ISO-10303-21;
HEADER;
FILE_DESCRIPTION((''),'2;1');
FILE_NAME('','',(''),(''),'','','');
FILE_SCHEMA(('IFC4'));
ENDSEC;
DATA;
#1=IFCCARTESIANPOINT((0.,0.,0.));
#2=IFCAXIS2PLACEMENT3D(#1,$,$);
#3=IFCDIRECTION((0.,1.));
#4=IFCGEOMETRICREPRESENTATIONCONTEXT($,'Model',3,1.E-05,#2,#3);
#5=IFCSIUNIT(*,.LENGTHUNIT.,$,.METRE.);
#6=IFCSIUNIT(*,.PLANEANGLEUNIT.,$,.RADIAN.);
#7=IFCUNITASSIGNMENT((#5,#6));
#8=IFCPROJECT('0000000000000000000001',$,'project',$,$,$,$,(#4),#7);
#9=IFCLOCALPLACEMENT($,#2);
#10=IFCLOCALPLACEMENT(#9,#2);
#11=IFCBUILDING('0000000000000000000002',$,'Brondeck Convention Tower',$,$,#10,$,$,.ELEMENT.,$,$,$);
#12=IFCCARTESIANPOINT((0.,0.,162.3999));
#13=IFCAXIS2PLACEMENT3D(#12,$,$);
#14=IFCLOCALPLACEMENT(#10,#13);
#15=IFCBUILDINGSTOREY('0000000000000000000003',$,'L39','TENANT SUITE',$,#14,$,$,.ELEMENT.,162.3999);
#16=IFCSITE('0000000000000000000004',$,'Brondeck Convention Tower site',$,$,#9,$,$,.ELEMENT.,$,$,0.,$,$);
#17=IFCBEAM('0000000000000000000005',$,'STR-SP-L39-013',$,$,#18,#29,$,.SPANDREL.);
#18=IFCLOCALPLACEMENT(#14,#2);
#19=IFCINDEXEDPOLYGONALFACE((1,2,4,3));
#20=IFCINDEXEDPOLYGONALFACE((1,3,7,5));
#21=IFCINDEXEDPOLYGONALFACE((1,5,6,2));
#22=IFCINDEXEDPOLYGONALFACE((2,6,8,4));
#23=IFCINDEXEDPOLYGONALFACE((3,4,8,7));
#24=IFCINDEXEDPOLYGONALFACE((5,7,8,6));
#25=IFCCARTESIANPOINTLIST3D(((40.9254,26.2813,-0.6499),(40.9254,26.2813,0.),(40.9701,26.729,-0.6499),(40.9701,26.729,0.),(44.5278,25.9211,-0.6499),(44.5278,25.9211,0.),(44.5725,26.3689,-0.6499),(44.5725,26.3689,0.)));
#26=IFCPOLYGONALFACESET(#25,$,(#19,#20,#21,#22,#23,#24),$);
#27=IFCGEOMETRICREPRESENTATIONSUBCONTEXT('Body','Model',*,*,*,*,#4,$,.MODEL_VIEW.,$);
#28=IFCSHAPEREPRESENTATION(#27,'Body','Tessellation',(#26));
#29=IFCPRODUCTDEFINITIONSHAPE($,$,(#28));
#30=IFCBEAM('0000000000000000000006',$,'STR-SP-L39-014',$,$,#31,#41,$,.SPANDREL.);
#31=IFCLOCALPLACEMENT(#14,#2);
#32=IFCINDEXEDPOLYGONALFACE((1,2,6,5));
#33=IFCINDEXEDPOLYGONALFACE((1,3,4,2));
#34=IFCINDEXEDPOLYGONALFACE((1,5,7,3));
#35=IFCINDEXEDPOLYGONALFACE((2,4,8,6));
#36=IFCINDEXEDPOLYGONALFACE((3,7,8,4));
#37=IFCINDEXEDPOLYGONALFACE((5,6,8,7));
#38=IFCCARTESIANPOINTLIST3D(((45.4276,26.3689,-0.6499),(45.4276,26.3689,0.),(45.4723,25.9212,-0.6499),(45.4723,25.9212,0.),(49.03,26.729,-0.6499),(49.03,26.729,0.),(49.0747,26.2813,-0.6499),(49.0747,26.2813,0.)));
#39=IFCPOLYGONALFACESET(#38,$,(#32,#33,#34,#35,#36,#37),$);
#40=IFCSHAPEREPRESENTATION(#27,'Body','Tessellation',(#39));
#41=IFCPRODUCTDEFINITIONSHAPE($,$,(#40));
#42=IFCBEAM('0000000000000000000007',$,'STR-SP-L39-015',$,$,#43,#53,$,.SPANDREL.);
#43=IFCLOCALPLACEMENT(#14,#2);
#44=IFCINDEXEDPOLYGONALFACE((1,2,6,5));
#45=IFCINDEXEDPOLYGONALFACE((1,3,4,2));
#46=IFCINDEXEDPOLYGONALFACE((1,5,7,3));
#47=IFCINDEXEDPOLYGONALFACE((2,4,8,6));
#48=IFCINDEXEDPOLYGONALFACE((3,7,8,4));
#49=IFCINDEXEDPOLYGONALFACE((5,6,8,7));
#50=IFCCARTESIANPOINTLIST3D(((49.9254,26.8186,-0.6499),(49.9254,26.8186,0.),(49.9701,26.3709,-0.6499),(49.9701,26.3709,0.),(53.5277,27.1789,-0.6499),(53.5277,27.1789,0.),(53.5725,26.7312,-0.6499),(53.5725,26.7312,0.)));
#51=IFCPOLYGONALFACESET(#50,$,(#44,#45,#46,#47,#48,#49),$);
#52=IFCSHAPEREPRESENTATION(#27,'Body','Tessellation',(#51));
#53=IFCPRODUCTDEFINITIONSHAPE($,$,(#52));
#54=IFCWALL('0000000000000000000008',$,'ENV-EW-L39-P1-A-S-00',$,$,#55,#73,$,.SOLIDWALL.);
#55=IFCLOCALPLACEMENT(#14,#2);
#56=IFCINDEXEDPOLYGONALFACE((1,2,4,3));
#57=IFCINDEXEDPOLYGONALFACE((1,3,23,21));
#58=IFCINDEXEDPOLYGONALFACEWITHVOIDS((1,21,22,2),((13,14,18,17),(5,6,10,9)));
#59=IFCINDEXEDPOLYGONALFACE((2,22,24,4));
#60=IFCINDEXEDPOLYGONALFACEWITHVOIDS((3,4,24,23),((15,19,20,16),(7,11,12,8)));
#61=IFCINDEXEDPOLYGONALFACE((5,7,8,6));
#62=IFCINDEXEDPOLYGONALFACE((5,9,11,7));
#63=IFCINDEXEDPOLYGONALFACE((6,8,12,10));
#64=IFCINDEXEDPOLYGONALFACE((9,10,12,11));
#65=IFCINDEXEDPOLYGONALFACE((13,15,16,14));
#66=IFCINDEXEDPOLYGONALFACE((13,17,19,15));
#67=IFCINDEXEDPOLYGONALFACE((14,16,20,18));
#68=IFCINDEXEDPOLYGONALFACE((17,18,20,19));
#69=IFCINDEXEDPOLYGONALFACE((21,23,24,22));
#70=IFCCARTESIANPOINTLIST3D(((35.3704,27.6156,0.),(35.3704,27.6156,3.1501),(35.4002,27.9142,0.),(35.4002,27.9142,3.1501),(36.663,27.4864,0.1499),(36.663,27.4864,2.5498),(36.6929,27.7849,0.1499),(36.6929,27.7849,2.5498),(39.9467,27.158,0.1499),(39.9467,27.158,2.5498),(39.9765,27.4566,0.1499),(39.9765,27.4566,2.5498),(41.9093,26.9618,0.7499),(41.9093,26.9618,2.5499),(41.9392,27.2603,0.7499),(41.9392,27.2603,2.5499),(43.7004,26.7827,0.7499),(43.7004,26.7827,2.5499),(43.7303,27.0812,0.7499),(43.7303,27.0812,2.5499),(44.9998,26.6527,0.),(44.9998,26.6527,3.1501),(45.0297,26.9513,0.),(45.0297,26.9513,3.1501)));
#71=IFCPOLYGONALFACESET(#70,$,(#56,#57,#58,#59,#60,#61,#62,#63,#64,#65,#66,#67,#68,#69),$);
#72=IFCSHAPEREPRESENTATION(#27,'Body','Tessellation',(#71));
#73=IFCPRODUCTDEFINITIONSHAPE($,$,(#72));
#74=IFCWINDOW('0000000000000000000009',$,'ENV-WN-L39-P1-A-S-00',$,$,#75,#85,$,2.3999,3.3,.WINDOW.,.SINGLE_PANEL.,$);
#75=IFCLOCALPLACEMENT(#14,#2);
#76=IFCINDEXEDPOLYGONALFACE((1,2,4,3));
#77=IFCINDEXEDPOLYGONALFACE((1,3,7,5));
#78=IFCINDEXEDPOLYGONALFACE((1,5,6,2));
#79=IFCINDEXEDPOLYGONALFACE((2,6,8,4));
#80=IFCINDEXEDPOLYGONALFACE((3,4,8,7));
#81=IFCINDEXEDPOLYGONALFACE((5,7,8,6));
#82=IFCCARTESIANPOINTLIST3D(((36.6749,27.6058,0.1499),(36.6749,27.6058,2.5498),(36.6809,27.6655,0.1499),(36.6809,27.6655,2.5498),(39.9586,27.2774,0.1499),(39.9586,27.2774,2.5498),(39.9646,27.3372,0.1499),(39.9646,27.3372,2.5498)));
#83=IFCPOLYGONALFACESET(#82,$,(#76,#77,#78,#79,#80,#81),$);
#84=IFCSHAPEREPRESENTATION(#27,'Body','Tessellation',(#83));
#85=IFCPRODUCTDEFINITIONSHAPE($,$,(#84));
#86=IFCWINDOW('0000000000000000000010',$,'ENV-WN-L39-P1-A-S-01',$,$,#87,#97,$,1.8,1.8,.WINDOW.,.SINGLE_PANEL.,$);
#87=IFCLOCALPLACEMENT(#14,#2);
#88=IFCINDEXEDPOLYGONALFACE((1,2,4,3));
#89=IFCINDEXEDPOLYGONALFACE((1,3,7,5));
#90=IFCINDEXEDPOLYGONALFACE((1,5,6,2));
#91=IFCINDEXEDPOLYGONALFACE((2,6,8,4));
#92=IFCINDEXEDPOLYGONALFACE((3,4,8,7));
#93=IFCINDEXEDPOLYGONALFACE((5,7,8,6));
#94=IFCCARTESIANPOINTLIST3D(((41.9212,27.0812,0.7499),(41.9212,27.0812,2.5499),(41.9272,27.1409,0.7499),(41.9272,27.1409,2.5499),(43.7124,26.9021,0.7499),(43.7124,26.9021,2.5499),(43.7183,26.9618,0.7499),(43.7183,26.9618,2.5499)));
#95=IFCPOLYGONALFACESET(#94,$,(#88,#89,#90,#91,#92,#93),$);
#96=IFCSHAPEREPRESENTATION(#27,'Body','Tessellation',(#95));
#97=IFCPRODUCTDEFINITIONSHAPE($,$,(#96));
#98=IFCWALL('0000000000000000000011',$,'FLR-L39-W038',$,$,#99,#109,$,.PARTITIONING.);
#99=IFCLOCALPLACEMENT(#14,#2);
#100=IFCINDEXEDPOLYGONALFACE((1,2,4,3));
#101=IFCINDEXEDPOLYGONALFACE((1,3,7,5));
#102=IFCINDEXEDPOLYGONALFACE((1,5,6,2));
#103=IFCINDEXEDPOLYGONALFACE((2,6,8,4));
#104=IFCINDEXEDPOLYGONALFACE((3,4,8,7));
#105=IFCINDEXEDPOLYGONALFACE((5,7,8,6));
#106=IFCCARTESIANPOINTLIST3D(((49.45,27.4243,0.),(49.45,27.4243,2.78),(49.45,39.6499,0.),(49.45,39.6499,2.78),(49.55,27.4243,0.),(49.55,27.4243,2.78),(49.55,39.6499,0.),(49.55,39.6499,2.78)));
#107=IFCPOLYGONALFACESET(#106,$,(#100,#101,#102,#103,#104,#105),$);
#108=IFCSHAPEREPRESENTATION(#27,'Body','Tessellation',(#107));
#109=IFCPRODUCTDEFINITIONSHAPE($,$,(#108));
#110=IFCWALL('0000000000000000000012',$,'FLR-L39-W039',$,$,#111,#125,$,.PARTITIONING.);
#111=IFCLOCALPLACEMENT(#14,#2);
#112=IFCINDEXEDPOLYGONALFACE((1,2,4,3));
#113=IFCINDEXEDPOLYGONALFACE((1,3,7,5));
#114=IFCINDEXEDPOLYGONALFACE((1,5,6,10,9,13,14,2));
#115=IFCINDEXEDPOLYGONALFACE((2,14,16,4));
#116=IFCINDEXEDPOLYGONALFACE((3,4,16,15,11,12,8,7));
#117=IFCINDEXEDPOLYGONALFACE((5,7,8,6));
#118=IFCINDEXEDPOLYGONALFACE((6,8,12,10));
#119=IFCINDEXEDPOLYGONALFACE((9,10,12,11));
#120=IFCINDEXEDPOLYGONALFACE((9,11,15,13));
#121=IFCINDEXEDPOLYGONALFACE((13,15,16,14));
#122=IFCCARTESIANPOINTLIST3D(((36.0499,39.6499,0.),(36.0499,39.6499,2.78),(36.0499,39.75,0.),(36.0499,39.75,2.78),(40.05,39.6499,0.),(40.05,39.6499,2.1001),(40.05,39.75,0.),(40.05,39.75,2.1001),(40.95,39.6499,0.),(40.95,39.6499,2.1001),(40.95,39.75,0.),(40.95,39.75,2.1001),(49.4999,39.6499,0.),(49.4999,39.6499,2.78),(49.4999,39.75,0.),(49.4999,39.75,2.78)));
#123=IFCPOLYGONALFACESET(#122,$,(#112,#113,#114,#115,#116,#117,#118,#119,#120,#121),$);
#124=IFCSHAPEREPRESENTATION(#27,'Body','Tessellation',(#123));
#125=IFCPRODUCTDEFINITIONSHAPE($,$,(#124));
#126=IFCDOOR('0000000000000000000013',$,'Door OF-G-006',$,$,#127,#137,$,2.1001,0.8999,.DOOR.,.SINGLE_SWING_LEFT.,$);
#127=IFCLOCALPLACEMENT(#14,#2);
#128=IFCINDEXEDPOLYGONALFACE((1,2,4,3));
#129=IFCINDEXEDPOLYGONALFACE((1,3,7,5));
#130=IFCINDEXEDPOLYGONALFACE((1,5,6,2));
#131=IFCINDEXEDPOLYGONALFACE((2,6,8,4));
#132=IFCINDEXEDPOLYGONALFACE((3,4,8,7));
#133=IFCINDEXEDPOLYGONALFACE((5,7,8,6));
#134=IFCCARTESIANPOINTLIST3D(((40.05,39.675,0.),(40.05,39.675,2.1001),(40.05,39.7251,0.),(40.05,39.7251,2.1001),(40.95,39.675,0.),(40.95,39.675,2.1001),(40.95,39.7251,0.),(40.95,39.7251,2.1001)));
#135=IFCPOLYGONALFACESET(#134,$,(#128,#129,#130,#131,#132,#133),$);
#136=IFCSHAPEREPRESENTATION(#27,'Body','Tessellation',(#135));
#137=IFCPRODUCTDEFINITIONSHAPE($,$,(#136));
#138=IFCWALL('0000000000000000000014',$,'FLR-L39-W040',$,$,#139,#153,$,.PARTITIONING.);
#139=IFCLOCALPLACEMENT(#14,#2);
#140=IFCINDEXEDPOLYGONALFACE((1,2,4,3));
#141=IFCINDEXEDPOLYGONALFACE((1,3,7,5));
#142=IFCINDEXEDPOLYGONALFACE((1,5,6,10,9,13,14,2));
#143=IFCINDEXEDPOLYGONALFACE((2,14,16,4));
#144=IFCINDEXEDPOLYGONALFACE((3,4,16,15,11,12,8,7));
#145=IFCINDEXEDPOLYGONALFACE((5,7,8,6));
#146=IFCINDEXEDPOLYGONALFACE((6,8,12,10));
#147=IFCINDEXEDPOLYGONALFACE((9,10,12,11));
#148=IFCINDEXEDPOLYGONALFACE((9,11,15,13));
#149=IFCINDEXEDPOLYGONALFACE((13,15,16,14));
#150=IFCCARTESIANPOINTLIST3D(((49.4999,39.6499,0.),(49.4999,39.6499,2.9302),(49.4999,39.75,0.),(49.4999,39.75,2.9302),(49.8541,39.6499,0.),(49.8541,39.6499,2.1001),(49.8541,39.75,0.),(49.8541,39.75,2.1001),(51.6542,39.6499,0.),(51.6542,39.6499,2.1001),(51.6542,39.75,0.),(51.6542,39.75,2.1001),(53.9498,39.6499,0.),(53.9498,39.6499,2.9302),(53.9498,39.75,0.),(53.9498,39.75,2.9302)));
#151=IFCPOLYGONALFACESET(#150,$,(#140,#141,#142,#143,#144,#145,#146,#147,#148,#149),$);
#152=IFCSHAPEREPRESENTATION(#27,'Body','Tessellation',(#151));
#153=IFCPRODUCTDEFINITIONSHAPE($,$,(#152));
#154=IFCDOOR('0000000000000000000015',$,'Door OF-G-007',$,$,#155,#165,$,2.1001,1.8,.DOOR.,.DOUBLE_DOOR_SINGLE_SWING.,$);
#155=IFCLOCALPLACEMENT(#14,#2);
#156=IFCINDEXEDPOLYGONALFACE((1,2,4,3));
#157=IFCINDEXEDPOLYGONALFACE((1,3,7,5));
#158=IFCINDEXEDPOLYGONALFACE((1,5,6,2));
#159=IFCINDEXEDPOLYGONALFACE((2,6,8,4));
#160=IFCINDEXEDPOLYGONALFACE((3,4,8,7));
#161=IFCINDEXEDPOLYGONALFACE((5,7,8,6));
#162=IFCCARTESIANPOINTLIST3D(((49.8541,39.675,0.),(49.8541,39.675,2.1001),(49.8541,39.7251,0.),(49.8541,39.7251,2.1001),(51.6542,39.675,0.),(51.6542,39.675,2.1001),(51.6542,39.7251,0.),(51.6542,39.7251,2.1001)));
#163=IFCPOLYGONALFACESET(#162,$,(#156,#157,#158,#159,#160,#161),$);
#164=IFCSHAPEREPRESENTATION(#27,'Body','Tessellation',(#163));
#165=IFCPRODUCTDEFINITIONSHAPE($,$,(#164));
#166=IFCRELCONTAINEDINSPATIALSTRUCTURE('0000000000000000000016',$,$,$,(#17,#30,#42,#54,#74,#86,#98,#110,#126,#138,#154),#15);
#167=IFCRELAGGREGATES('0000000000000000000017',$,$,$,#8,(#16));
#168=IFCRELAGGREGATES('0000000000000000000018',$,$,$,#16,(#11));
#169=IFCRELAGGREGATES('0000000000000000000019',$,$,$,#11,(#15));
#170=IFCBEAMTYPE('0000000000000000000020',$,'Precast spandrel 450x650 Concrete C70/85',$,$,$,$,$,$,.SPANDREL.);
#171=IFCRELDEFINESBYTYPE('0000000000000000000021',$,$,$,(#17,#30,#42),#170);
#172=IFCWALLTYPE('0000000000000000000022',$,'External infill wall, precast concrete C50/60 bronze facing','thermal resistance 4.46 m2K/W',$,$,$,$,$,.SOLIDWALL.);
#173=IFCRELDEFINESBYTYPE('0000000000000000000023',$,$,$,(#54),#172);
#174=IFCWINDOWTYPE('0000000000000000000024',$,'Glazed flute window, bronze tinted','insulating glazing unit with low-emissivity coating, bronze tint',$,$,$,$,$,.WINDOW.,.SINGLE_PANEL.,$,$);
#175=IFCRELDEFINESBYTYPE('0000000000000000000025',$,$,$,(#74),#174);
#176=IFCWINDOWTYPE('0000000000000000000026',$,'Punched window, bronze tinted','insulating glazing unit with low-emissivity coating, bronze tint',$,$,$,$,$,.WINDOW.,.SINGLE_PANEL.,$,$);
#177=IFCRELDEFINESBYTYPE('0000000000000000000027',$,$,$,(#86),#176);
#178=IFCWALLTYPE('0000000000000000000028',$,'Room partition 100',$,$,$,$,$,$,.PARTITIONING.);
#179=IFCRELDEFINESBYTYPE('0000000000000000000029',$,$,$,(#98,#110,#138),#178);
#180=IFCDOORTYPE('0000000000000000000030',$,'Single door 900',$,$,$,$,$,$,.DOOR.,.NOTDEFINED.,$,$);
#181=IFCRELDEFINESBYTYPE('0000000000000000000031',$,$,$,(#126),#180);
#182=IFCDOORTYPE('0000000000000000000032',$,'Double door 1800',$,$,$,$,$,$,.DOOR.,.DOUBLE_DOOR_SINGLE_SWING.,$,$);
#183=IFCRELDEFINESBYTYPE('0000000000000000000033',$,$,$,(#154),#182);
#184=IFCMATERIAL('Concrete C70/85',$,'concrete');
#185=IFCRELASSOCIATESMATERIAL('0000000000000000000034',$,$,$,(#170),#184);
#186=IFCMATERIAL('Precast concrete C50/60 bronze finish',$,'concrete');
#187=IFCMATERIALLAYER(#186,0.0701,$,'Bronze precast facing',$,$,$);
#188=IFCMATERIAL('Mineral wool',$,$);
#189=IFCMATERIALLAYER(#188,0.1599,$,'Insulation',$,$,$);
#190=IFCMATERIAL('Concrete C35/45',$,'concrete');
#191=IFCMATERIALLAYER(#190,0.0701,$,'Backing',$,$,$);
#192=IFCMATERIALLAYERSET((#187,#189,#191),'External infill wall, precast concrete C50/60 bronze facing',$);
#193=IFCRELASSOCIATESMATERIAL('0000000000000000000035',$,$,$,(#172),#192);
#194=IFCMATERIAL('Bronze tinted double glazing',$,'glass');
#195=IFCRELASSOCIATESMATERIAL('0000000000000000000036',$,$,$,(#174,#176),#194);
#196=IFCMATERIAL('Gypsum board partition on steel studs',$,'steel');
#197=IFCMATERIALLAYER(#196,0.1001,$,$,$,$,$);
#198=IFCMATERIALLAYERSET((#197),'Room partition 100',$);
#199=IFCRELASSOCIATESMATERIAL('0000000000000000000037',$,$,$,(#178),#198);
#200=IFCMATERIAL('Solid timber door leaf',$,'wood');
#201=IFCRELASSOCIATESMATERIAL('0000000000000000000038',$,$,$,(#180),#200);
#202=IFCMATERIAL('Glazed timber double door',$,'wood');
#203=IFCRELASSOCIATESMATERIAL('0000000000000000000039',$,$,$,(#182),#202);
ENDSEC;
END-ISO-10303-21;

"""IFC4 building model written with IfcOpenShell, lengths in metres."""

from ifc_helpers import new_model, si_unit, direction, frame, frame_2d, origin, origin_2d, place, context, subcontext, project, spatial, rectangle, extrude, material, layer, layer_set, material_profile, profile_set, type_object, element, fill, save


model = new_model("IFC4")

# Units and contexts
model_context = context("Model", 3, precision=1e-05, world=origin(), true_north=direction((0.0, 1.0)))
body_context = subcontext(model_context, "Body", "Model", "MODEL_VIEW")
ifc_project = project(units=[si_unit("LENGTHUNIT", "METRE"), si_unit("PLANEANGLEUNIT", "RADIAN")], contexts=[model_context])

# Site, building, storey
site_placement = place(None, origin())
site = spatial("IfcSite", under=ifc_project, at=site_placement, Name="Brondeck Convention Tower site", CompositionType="ELEMENT", RefElevation=0.0)
building_placement = place(site_placement, origin())
building = spatial("IfcBuilding", under=site, at=building_placement, Name="Brondeck Convention Tower", CompositionType="ELEMENT")
storey_placement = place(building_placement, frame((0.0, 0.0, 162.3999)))
storey = spatial("IfcBuildingStorey", under=building, at=storey_placement, Name="L39", Description="TENANT SUITE", CompositionType="ELEMENT", Elevation=162.3999)

# Shared definitions
ifc_material_1 = material(Name="Concrete C70/85", Category="concrete")

# Beams
ifc_material_profile_1 = material_profile(ifc_material_1, rectangle(XDim=0.45, YDim=0.6499, at=origin_2d()), Name="Precast spandrel 450x650 Concrete C70/85")
ifc_profile_set_1 = profile_set([ifc_material_profile_1], Name="Concrete C70/85")
beam_type_1 = type_object("IfcBeamType", Name="Precast spandrel 450x650 Concrete C70/85", PredefinedType="SPANDREL", material=ifc_profile_set_1)
for number, where, z_axis, x_axis, name in (
    (1, (40.9478, 26.5051, -0.325), (0.995041, -0.09947, 0.0), (0.09947, 0.995041, 0.0), "STR-SP-L39-013"),
    (2, (45.45, 26.145, -0.325), (0.995041, 0.09947, 0.0), (-0.09947, 0.995041, 0.0), "STR-SP-L39-014"),
    (3, (49.9478, 26.5947, -0.325), (0.995034, 0.099537, 0.0), (-0.099537, 0.995034, 0.0), "STR-SP-L39-015"),
):
    element("IfcBeam", number, at=place(storey_placement, frame(where, z_axis=z_axis, x_axis=x_axis)), inside=storey, type_object=beam_type_1, Name=name, PredefinedType="SPANDREL", context=body_context, shape_type="SweptSolid", body=[
        extrude(rectangle(XDim=0.45, YDim=0.6499, at=origin_2d()), origin(), (0.0, 0.0, 1.0), 3.6204),
    ])

# Wall, openings, windows
ifc_material_2 = material(Name="Precast concrete C50/60 bronze finish", Category="concrete")
ifc_layer_1 = layer(ifc_material_2, 0.0701, Name="Bronze precast facing")
ifc_material_3 = material(Name="Mineral wool")
ifc_layer_2 = layer(ifc_material_3, 0.1599, Name="Insulation")
ifc_material_4 = material(Name="Concrete C35/45", Category="concrete")
ifc_layer_3 = layer(ifc_material_4, 0.0701, Name="Backing")
ifc_layer_set_1 = layer_set([ifc_layer_1, ifc_layer_2, ifc_layer_3], Name="External infill wall, precast concrete C50/60 bronze facing")
wall_type_1 = type_object("IfcWallType", Name="External infill wall, precast concrete C50/60 bronze facing", Description="thermal resistance 4.46 m2K/W", PredefinedType="SOLIDWALL", material=ifc_layer_set_1)
wall_1_placement = place(storey_placement, frame((45.0149, 26.802, 0.0), z_axis=(0.0, 0.0, 1.0), x_axis=(-0.995038, 0.099499, 0.0)))
wall_1 = element("IfcWall", 4, at=wall_1_placement, inside=storey, type_object=wall_type_1, Name="ENV-EW-L39-P1-A-S-00", PredefinedType="SOLIDWALL", context=body_context, shape_type="SweptSolid", body=[
    extrude(rectangle(XDim=9.6775, YDim=0.3, at=frame_2d((4.8389, 0.0))), origin(), (0.0, 0.0, 1.0), 3.1501),
])
opening_1_placement = place(wall_1_placement, frame((1.3062, 0.0, 0.75)))
opening_1 = element("IfcOpeningElement", 5, at=opening_1_placement, cuts=wall_1, PredefinedType="OPENING", context=body_context, shape_type="SweptSolid", body=[
    extrude(rectangle(XDim=1.8, YDim=1.8, at=frame_2d((0.8999, 0.8999))), frame((0.0, 0.1599, 0.0), z_axis=(0.0, -1.0, 0.0), x_axis=(1.0, 0.0, 0.0)), (0.0, 0.0, 1.0), 0.3201),
])
opening_2_placement = place(wall_1_placement, frame((5.0786, 0.0, 0.1499)))
opening_2 = element("IfcOpeningElement", 6, at=opening_2_placement, cuts=wall_1, PredefinedType="OPENING", context=body_context, shape_type="SweptSolid", body=[
    extrude(rectangle(XDim=3.3, YDim=2.3999, at=frame_2d((1.6499, 1.2))), frame((0.0, 0.1599, 0.0), z_axis=(0.0, -1.0, 0.0), x_axis=(1.0, 0.0, 0.0)), (0.0, 0.0, 1.0), 0.3201),
])
ifc_material_5 = material(Name="Bronze tinted double glazing", Category="glass")
window_type_1 = type_object("IfcWindowType", Name="Glazed flute window, bronze tinted", Description="insulating glazing unit with low-emissivity coating, bronze tint", PartitioningType="SINGLE_PANEL", PredefinedType="WINDOW", material=ifc_material_5)
window_1_placement = place(opening_2_placement, origin())
window_1 = element("IfcWindow", 7, at=window_1_placement, inside=storey, type_object=window_type_1, Name="ENV-WN-L39-P1-A-S-00", OverallHeight=2.3999, OverallWidth=3.3, PartitioningType="SINGLE_PANEL", PredefinedType="WINDOW", context=body_context, shape_type="SweptSolid", body=[
    extrude(rectangle(XDim=3.3, YDim=2.3999, at=frame_2d((1.6499, 1.2))), frame((0.0, 0.03, 0.0), z_axis=(0.0, -1.0, 0.0), x_axis=(1.0, 0.0, 0.0)), (0.0, 0.0, 1.0), 0.0601),
])
fill(opening_2, window_1)
window_type_2 = type_object("IfcWindowType", Name="Punched window, bronze tinted", Description="insulating glazing unit with low-emissivity coating, bronze tint", PartitioningType="SINGLE_PANEL", PredefinedType="WINDOW", material=ifc_material_5)
window_2_placement = place(opening_1_placement, origin())
window_2 = element("IfcWindow", 8, at=window_2_placement, inside=storey, type_object=window_type_2, Name="ENV-WN-L39-P1-A-S-01", OverallHeight=1.8, OverallWidth=1.8, PartitioningType="SINGLE_PANEL", PredefinedType="WINDOW", context=body_context, shape_type="SweptSolid", body=[
    extrude(rectangle(XDim=1.8, YDim=1.8, at=frame_2d((0.8999, 0.8999))), frame((0.0, 0.03, 0.0), z_axis=(0.0, -1.0, 0.0), x_axis=(1.0, 0.0, 0.0)), (0.0, 0.0, 1.0), 0.0601),
])
fill(opening_1, window_2)

# Wall
ifc_material_6 = material(Name="Gypsum board partition on steel studs", Category="steel")
ifc_layer_4 = layer(ifc_material_6, 0.1001)
ifc_layer_set_2 = layer_set([ifc_layer_4], Name="Room partition 100")
wall_type_2 = type_object("IfcWallType", Name="Room partition 100", PredefinedType="PARTITIONING", material=ifc_layer_set_2)
wall_2_placement = place(storey_placement, frame((49.5, 39.6499, 0.0), z_axis=(0.0, 0.0, 1.0), x_axis=(0.0, -1.0, 0.0)))
element("IfcWall", 9, at=wall_2_placement, inside=storey, type_object=wall_type_2, Name="FLR-L39-W038", PredefinedType="PARTITIONING", context=body_context, shape_type="SweptSolid", body=[
    extrude(rectangle(XDim=12.2256, YDim=0.1001, at=frame_2d((6.1128, 0.0))), origin(), (0.0, 0.0, 1.0), 2.78),
])

# Walls, openings, doors
wall_3_placement = place(storey_placement, frame((49.5, 39.7, 0.0), z_axis=(0.0, 0.0, 1.0), x_axis=(-1.0, 0.0, 0.0)))
wall_3 = element("IfcWall", 10, at=wall_3_placement, inside=storey, type_object=wall_type_2, Name="FLR-L39-W039", PredefinedType="PARTITIONING", context=body_context, shape_type="SweptSolid", body=[
    extrude(rectangle(XDim=13.45, YDim=0.1001, at=frame_2d((6.7251, 0.0))), origin(), (0.0, 0.0, 1.0), 2.78),
])
opening_3_placement = place(wall_3_placement, frame((8.55, 0.0, 0.0)))
opening_3 = element("IfcOpeningElement", 11, at=opening_3_placement, cuts=wall_3, PredefinedType="OPENING", context=body_context, shape_type="SweptSolid", body=[
    extrude(rectangle(XDim=0.8999, YDim=2.1001, at=frame_2d((0.45, 1.05))), frame((0.0, 0.0601, 0.0), z_axis=(0.0, -1.0, 0.0), x_axis=(1.0, 0.0, 0.0)), (0.0, 0.0, 1.0), 0.1201),
])
ifc_material_7 = material(Name="Solid timber door leaf", Category="wood")
door_type_1 = type_object("IfcDoorType", Name="Single door 900", OperationType="NOTDEFINED", PredefinedType="DOOR", material=ifc_material_7)
door_1_placement = place(opening_3_placement, origin())
door_1 = element("IfcDoor", 12, at=door_1_placement, inside=storey, type_object=door_type_1, Name="Door OF-G-006", OperationType="SINGLE_SWING_LEFT", OverallHeight=2.1001, OverallWidth=0.8999, PredefinedType="DOOR", context=body_context, shape_type="SweptSolid", body=[
    extrude(rectangle(XDim=0.8999, YDim=2.1001, at=frame_2d((0.45, 1.05))), frame((0.0, 0.0249, 0.0), z_axis=(0.0, -1.0, 0.0), x_axis=(1.0, 0.0, 0.0)), (0.0, 0.0, 1.0), 0.05),
])
fill(opening_3, door_1)
wall_4_placement = place(storey_placement, frame((53.95, 39.7, 0.0), z_axis=(0.0, 0.0, 1.0), x_axis=(-1.0, 0.0, 0.0)))
wall_4 = element("IfcWall", 13, at=wall_4_placement, inside=storey, type_object=wall_type_2, Name="FLR-L39-W040", PredefinedType="PARTITIONING", context=body_context, shape_type="SweptSolid", body=[
    extrude(rectangle(XDim=4.45, YDim=0.1001, at=frame_2d((2.2251, 0.0))), origin(), (0.0, 0.0, 1.0), 2.9302),
])
opening_4_placement = place(wall_4_placement, frame((2.2959, 0.0, 0.0)))
opening_4 = element("IfcOpeningElement", 14, at=opening_4_placement, cuts=wall_4, PredefinedType="OPENING", context=body_context, shape_type="SweptSolid", body=[
    extrude(rectangle(XDim=1.8, YDim=2.1001, at=frame_2d((0.8999, 1.05))), frame((0.0, 0.0601, 0.0), z_axis=(0.0, -1.0, 0.0), x_axis=(1.0, 0.0, 0.0)), (0.0, 0.0, 1.0), 0.1201),
])
ifc_material_8 = material(Name="Glazed timber double door", Category="wood")
door_type_2 = type_object("IfcDoorType", Name="Double door 1800", OperationType="DOUBLE_DOOR_SINGLE_SWING", PredefinedType="DOOR", material=ifc_material_8)
door_2_placement = place(opening_4_placement, origin())
door_2 = element("IfcDoor", 15, at=door_2_placement, inside=storey, type_object=door_type_2, Name="Door OF-G-007", OperationType="DOUBLE_DOOR_SINGLE_SWING", OverallHeight=2.1001, OverallWidth=1.8, PredefinedType="DOOR", context=body_context, shape_type="SweptSolid", body=[
    extrude(rectangle(XDim=1.8, YDim=2.1001, at=frame_2d((0.8999, 1.05))), frame((0.0, 0.0249, 0.0), z_axis=(0.0, -1.0, 0.0), x_axis=(1.0, 0.0, 0.0)), (0.0, 0.0, 1.0), 0.05),
])
fill(opening_4, door_2)

save(model, "model.ifc")
